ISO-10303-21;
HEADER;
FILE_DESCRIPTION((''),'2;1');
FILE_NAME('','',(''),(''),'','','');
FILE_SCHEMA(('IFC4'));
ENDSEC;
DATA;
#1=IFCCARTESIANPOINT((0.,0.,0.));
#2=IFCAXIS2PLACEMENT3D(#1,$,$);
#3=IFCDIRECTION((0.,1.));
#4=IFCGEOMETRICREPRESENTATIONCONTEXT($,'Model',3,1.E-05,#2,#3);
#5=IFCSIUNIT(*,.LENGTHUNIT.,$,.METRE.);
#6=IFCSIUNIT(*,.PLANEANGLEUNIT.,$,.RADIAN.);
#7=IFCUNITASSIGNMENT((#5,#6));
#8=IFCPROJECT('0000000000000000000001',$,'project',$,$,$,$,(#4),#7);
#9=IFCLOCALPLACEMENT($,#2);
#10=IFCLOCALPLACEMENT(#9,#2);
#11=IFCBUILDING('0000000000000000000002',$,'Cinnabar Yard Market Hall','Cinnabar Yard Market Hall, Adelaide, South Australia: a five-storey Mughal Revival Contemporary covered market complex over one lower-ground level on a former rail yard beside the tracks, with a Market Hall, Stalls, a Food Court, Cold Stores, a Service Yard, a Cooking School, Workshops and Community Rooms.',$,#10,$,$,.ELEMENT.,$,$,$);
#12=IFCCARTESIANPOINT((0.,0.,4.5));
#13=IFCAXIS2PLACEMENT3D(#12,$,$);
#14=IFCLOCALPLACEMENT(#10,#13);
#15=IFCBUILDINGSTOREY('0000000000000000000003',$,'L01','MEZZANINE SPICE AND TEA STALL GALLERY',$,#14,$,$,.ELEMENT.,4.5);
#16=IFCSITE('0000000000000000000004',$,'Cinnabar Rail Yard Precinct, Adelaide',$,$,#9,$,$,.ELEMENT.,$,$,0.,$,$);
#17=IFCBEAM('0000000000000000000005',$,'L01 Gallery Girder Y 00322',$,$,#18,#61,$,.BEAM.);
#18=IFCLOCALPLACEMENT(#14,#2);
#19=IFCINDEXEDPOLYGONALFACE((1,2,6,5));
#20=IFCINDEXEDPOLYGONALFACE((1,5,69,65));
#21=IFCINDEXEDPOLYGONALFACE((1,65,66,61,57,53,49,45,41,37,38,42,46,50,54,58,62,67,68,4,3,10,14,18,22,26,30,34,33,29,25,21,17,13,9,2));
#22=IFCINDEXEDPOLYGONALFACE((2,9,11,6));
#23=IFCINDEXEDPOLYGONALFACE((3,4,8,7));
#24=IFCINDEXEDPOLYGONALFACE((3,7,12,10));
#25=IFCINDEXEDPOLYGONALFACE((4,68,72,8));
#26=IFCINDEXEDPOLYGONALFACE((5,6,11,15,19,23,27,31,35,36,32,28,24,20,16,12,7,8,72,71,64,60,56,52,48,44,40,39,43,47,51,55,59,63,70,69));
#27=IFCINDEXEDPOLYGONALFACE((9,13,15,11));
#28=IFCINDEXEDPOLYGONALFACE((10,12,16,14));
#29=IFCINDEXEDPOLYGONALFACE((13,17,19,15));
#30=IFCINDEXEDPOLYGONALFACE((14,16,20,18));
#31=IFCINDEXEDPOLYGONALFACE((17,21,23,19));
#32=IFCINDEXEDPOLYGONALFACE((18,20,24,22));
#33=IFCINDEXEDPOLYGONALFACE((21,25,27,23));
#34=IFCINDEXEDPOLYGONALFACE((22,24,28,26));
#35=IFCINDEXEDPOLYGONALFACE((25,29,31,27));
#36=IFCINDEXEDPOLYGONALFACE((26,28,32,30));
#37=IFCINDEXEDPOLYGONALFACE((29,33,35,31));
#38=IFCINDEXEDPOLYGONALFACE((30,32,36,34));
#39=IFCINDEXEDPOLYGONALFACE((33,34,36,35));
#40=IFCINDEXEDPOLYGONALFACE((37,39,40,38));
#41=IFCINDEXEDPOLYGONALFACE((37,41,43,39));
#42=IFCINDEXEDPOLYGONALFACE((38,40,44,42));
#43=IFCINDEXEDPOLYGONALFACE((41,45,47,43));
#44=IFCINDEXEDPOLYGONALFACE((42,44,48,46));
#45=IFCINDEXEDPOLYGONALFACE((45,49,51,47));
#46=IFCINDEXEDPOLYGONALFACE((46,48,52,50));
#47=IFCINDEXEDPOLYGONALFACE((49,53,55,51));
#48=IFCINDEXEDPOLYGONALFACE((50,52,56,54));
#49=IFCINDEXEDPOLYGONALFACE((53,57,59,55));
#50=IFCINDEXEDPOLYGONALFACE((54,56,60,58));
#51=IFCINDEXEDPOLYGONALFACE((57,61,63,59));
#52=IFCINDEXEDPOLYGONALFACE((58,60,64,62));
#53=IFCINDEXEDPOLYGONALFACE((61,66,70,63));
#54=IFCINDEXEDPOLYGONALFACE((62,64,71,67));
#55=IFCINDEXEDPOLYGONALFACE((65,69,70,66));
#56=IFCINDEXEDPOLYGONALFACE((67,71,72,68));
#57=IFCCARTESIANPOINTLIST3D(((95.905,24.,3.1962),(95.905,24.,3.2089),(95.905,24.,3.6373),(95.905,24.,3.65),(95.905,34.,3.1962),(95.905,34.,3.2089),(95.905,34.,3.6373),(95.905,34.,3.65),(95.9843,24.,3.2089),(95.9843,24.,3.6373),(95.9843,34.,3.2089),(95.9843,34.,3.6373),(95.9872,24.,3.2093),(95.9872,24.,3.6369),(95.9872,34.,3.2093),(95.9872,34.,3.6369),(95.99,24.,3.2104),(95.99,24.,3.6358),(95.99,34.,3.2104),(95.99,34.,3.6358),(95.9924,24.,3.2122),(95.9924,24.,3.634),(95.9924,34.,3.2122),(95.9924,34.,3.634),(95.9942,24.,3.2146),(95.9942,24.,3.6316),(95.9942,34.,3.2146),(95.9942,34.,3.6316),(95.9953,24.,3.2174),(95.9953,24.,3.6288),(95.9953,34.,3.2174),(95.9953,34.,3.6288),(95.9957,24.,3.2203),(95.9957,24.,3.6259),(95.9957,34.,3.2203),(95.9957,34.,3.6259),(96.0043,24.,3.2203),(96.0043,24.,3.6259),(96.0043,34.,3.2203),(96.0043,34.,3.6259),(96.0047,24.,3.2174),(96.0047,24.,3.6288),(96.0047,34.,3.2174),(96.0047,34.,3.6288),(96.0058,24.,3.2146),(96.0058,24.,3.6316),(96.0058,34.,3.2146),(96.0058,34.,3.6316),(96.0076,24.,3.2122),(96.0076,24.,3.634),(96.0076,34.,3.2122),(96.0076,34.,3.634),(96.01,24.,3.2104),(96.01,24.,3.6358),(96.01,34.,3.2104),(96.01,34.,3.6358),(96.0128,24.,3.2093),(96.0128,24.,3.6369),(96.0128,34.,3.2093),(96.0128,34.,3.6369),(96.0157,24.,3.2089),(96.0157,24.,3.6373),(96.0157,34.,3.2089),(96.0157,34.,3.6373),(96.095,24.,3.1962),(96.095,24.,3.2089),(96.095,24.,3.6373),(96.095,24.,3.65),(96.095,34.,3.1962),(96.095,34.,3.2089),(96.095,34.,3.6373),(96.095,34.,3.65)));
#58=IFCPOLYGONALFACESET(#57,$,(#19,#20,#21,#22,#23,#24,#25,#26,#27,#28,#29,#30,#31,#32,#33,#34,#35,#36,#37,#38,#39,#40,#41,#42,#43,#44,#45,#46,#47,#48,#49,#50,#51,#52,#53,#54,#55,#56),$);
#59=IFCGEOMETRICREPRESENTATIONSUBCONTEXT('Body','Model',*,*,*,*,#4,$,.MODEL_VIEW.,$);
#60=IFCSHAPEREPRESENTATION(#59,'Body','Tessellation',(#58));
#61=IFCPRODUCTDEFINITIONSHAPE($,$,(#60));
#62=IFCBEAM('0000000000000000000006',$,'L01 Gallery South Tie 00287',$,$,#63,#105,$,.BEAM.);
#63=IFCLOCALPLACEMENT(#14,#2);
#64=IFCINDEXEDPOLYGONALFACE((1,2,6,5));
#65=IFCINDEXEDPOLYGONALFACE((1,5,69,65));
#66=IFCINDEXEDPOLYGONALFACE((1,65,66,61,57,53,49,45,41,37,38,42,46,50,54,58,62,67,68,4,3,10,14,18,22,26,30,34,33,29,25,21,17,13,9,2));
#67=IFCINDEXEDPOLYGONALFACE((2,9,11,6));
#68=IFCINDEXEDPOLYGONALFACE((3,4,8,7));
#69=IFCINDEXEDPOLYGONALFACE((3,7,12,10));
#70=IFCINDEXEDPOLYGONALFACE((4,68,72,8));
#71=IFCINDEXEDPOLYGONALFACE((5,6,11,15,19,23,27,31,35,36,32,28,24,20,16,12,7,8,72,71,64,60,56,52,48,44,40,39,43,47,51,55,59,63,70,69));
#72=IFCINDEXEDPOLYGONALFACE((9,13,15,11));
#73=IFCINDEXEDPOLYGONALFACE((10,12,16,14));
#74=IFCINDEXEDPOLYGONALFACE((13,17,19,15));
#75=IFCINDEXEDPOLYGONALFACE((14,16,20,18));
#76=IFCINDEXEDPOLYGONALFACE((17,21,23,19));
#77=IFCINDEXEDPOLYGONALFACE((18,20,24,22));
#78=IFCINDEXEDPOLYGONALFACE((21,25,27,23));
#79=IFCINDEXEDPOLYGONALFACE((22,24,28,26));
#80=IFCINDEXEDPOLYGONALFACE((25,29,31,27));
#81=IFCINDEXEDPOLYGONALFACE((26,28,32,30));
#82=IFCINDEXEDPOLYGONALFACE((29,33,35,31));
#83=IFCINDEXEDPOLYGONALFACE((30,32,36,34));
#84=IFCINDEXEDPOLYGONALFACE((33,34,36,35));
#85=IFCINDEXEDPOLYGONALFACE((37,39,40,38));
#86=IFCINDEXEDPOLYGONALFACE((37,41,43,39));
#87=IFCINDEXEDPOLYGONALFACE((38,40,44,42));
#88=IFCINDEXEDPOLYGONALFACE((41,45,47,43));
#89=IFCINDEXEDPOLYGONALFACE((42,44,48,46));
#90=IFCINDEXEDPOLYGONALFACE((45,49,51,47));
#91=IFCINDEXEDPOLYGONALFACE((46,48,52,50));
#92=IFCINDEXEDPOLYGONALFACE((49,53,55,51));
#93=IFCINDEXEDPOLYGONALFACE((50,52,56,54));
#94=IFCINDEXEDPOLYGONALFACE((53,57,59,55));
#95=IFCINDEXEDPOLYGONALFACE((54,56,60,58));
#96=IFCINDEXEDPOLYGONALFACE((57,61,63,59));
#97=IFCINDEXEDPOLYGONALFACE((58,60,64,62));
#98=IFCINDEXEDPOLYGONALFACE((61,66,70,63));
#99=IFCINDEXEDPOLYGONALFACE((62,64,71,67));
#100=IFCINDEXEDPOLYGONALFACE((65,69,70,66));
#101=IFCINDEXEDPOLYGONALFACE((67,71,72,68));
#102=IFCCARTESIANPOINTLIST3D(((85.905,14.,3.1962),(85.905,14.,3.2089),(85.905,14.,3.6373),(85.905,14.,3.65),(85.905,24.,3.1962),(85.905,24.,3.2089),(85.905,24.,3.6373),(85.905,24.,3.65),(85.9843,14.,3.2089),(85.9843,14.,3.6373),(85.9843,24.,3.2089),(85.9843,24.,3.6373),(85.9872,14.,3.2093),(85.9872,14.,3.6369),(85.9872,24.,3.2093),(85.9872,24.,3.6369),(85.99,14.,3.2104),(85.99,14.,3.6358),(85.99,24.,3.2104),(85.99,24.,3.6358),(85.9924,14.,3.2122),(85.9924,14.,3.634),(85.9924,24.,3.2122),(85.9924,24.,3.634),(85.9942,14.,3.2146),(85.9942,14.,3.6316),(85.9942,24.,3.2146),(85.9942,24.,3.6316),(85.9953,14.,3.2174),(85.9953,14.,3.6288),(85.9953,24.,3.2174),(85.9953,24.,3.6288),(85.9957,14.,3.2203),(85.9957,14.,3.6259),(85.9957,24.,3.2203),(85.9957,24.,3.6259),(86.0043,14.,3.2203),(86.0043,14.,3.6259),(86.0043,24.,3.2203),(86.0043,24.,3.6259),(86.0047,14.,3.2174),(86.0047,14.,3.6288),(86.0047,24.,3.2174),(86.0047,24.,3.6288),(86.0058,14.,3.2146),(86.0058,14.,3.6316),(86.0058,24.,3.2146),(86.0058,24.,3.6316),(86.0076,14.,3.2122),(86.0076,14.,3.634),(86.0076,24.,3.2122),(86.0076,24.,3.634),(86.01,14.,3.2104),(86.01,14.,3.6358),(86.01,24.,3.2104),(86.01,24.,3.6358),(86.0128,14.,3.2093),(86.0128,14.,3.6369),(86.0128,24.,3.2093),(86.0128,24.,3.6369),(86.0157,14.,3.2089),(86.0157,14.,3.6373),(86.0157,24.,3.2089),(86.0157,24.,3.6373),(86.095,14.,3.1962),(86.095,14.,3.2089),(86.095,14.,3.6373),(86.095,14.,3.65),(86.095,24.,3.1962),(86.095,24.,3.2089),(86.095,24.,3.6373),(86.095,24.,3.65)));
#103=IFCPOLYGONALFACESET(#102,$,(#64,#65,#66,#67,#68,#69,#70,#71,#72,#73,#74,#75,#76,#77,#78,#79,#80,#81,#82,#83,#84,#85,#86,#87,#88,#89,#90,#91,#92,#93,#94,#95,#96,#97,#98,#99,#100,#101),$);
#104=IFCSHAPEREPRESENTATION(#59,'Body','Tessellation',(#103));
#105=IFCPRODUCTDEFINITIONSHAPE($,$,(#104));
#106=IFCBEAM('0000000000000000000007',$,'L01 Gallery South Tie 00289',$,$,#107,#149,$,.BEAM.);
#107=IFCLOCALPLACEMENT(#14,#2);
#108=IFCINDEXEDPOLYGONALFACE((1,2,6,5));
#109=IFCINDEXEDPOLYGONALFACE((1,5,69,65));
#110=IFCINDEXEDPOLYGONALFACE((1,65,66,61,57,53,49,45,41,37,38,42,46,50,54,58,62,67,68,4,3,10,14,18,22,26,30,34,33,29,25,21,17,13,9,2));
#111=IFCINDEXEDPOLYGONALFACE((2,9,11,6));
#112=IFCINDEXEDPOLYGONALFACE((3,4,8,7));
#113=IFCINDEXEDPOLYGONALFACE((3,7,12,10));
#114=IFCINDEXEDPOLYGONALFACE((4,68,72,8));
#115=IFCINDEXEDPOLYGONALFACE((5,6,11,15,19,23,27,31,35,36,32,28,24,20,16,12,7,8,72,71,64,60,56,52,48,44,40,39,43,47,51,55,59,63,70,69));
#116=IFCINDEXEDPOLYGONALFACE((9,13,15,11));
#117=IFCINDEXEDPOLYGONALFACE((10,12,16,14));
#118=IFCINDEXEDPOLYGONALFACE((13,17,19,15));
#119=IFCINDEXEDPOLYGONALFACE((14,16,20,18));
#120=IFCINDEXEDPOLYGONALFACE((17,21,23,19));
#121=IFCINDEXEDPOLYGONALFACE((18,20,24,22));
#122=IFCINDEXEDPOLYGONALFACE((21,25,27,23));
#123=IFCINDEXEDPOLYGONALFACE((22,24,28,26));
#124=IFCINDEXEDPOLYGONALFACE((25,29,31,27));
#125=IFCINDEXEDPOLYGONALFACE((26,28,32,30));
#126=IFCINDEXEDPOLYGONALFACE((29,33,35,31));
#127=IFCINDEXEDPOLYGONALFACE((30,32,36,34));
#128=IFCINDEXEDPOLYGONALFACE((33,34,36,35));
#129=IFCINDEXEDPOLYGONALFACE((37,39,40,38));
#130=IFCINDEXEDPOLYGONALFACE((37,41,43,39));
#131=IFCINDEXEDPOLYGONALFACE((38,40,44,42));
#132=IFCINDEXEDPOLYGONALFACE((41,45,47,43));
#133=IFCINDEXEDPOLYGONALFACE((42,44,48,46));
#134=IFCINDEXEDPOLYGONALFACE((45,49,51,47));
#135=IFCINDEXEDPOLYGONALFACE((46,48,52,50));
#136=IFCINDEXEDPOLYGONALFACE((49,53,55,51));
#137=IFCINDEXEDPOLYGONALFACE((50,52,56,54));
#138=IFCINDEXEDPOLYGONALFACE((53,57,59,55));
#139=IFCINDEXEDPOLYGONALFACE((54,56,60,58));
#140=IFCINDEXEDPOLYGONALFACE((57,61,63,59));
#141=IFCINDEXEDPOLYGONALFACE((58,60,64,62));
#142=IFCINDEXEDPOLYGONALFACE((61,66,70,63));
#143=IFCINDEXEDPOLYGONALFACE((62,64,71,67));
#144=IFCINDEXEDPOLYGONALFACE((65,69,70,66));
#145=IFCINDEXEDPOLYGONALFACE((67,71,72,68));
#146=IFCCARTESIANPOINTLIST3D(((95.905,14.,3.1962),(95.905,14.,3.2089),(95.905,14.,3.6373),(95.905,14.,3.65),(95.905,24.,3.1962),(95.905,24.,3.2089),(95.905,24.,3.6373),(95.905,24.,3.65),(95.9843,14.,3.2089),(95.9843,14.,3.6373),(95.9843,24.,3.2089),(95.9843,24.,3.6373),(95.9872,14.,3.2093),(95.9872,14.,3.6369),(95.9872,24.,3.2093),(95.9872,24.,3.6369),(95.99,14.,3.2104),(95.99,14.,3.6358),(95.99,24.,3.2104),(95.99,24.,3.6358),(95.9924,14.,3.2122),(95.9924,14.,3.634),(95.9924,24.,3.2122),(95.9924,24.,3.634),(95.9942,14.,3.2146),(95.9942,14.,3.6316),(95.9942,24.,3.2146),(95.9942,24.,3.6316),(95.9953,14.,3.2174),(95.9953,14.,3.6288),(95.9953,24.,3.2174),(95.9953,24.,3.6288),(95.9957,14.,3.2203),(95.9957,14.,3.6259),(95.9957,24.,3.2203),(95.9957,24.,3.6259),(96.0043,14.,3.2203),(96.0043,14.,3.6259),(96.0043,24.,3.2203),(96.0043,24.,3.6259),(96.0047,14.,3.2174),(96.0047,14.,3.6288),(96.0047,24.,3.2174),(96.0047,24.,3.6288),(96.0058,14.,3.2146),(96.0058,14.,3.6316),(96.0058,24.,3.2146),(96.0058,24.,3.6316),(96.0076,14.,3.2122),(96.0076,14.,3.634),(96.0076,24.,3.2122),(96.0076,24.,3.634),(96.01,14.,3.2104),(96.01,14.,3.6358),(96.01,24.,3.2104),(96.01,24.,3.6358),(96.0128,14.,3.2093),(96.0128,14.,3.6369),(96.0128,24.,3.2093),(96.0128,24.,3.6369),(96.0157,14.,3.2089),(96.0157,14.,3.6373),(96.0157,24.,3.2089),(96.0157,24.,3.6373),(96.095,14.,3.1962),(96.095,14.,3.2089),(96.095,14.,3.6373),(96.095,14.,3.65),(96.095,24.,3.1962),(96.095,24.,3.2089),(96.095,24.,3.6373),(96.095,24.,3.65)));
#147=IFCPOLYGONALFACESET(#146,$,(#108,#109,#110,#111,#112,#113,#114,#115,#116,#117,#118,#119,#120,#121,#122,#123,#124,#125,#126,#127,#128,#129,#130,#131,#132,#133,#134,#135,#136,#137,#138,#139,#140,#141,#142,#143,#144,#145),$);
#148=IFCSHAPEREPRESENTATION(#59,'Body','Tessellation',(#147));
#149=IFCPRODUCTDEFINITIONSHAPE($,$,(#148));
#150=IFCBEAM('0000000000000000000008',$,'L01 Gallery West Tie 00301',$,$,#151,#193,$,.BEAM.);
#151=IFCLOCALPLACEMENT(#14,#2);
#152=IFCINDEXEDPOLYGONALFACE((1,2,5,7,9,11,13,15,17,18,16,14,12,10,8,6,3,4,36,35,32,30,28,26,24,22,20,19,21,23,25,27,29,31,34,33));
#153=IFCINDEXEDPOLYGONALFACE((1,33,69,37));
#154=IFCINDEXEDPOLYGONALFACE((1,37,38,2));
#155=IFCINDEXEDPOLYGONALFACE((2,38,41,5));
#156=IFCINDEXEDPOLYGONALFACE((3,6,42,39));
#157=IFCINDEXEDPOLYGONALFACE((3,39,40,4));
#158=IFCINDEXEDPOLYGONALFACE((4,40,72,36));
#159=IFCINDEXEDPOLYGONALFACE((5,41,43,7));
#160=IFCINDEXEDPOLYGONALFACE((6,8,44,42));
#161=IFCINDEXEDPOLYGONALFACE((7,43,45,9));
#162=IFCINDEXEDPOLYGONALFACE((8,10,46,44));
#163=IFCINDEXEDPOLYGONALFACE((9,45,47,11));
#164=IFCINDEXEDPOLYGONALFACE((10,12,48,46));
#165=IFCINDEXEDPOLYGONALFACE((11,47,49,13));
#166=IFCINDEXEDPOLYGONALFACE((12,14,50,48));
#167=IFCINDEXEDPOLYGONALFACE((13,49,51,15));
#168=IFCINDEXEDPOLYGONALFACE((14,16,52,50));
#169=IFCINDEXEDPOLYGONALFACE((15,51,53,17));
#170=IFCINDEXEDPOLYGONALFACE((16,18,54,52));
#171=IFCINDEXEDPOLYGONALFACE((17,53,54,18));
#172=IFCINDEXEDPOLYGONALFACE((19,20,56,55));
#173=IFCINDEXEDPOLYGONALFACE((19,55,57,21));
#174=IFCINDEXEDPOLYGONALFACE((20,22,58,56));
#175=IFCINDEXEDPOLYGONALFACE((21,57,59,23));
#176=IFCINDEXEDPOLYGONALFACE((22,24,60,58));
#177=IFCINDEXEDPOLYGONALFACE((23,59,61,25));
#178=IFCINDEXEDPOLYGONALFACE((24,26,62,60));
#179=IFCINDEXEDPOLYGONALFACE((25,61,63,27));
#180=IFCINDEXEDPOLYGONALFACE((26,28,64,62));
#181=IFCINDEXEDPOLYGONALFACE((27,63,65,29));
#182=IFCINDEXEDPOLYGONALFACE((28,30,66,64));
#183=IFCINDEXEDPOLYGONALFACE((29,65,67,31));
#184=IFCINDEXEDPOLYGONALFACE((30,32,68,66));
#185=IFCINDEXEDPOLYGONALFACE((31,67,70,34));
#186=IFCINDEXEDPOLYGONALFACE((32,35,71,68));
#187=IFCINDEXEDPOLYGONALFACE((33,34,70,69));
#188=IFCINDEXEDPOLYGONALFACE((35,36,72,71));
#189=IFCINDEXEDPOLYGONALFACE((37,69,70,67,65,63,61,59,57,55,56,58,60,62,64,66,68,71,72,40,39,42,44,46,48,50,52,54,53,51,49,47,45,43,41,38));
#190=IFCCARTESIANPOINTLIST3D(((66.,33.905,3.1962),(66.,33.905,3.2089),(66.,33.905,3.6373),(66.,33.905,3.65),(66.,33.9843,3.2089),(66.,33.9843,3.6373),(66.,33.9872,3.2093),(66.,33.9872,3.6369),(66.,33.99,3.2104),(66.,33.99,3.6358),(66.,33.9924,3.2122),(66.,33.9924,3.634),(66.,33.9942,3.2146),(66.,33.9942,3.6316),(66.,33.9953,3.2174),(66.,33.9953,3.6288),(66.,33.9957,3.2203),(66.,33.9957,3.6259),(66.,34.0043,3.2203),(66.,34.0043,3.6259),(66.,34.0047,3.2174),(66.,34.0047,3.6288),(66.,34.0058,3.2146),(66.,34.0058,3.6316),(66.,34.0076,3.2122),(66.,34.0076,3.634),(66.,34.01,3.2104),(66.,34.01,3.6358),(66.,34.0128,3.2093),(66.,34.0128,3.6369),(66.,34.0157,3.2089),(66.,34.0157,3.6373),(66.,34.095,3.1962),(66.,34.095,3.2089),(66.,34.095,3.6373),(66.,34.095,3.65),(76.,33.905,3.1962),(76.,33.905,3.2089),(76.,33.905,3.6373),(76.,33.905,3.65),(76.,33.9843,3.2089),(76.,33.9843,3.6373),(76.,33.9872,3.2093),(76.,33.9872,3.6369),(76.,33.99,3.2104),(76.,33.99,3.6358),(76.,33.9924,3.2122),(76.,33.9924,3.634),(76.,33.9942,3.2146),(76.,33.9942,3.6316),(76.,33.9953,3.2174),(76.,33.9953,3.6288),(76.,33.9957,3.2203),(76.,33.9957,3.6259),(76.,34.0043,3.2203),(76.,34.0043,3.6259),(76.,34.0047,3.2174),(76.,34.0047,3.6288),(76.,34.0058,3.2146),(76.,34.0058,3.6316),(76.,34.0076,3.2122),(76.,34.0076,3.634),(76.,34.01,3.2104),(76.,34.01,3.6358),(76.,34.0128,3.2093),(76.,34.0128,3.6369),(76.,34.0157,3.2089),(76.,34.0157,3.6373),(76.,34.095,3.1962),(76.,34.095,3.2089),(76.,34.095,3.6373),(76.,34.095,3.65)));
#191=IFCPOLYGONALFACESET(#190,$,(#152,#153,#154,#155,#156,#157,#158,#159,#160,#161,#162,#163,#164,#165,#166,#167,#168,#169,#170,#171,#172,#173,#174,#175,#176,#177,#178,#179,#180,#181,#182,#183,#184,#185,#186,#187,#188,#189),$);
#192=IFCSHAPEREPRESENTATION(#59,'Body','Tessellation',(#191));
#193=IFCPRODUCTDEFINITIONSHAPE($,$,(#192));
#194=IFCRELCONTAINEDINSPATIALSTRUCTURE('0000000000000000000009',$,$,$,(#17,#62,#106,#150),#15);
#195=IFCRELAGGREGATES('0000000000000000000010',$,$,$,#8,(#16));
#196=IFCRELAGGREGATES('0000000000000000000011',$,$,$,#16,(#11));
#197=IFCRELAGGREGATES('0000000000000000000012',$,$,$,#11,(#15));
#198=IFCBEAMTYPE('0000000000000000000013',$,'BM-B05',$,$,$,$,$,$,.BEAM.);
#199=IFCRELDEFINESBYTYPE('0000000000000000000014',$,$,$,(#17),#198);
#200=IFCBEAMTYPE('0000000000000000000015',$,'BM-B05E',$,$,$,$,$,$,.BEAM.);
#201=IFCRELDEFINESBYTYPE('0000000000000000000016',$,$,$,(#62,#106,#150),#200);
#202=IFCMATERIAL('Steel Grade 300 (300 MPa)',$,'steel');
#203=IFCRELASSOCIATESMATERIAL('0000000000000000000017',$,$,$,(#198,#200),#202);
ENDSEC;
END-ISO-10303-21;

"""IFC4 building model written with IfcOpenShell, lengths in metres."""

from ifc_helpers import new_model, si_unit, direction, frame, origin, origin_2d_with_axis, place, context, subcontext, project, spatial, i_section, extrude, material, material_profile, profile_set, type_object, element, save


model = new_model("IFC4")

# Units and contexts
model_context = context("Model", 3, precision=1e-05, world=origin(), true_north=direction((0.0, 1.0)))
body_context = subcontext(model_context, "Body", "Model", "MODEL_VIEW")
ifc_project = project(units=[si_unit("LENGTHUNIT", "METRE"), si_unit("PLANEANGLEUNIT", "RADIAN")], contexts=[model_context])

# Site, building, storey
site_placement = place(None, origin())
site = spatial("IfcSite", under=ifc_project, at=site_placement, Name="Cinnabar Rail Yard Precinct, Adelaide", CompositionType="ELEMENT", RefElevation=0.0)
building_placement = place(site_placement, origin())
building = spatial("IfcBuilding", under=site, at=building_placement, Name="Cinnabar Yard Market Hall", Description="Cinnabar Yard Market Hall, Adelaide, South Australia: a five-storey Mughal Revival Contemporary covered market complex over one lower-ground level on a former rail yard beside the tracks, with a Market Hall, Stalls, a Food Court, Cold Stores, a Service Yard, a Cooking School, Workshops and Community Rooms.", CompositionType="ELEMENT")
storey_placement = place(building_placement, frame((0.0, 0.0, 4.5)))
storey = spatial("IfcBuildingStorey", under=building, at=storey_placement, Name="L01", Description="MEZZANINE SPICE AND TEA STALL GALLERY", CompositionType="ELEMENT", Elevation=4.5)

# Beams
ifc_material_1 = material(Name="Steel Grade 300 (300 MPa)", Category="steel")
ifc_material_profile_1 = material_profile(ifc_material_1, i_section(OverallWidth=0.1899, OverallDepth=0.4539, WebThickness=0.0085, FlangeThickness=0.0127, FilletRadius=0.0115, at=origin_2d_with_axis()), Name="460UB67.1")
ifc_profile_set_1 = profile_set([ifc_material_profile_1], Name="Steel Grade 300 (300 MPa)")
beam_type_1 = type_object("IfcBeamType", Name="BM-B05", PredefinedType="BEAM", material=ifc_profile_set_1)
for number, where, z_axis, x_axis, name in (
    (1, (96.0, 24.0, 3.4231), (0.0, 1.0, 0.0), (-1.0, 0.0, 0.0), "L01 Gallery Girder Y 00322"),
):
    element("IfcBeam", number, at=place(storey_placement, frame(where, z_axis=z_axis, x_axis=x_axis)), inside=storey, type_object=beam_type_1, Name=name, PredefinedType="BEAM", context=body_context, shape_type="SweptSolid", body=[
        extrude(i_section(OverallWidth=0.1899, OverallDepth=0.4539, WebThickness=0.0085, FlangeThickness=0.0127, FilletRadius=0.0115, at=origin_2d_with_axis()), origin(), (0.0, 0.0, 1.0), 10.0),
    ])
ifc_material_profile_2 = material_profile(ifc_material_1, i_section(OverallWidth=0.1899, OverallDepth=0.4539, WebThickness=0.0085, FlangeThickness=0.0127, FilletRadius=0.0115, at=origin_2d_with_axis()), Name="460UB67.1")
ifc_profile_set_2 = profile_set([ifc_material_profile_2], Name="Steel Grade 300 (300 MPa)")
beam_type_2 = type_object("IfcBeamType", Name="BM-B05E", PredefinedType="BEAM", material=ifc_profile_set_2)
for number, where, z_axis, x_axis, name in (
    (2, (86.0, 24.0, 3.4231), (0.0, -1.0, 0.0), (1.0, 0.0, 0.0), "L01 Gallery South Tie 00287"),
    (3, (96.0, 24.0, 3.4231), (0.0, -1.0, 0.0), (1.0, 0.0, 0.0), "L01 Gallery South Tie 00289"),
    (4, (76.0, 34.0, 3.4231), (-1.0, 0.0, 0.0), (0.0, -1.0, 0.0), "L01 Gallery West Tie 00301"),
):
    element("IfcBeam", number, at=place(storey_placement, frame(where, z_axis=z_axis, x_axis=x_axis)), inside=storey, type_object=beam_type_2, Name=name, PredefinedType="BEAM", context=body_context, shape_type="SweptSolid", body=[
        extrude(i_section(OverallWidth=0.1899, OverallDepth=0.4539, WebThickness=0.0085, FlangeThickness=0.0127, FilletRadius=0.0115, at=origin_2d_with_axis()), origin(), (0.0, 0.0, 1.0), 10.0),
    ])

save(model, "model.ifc")
